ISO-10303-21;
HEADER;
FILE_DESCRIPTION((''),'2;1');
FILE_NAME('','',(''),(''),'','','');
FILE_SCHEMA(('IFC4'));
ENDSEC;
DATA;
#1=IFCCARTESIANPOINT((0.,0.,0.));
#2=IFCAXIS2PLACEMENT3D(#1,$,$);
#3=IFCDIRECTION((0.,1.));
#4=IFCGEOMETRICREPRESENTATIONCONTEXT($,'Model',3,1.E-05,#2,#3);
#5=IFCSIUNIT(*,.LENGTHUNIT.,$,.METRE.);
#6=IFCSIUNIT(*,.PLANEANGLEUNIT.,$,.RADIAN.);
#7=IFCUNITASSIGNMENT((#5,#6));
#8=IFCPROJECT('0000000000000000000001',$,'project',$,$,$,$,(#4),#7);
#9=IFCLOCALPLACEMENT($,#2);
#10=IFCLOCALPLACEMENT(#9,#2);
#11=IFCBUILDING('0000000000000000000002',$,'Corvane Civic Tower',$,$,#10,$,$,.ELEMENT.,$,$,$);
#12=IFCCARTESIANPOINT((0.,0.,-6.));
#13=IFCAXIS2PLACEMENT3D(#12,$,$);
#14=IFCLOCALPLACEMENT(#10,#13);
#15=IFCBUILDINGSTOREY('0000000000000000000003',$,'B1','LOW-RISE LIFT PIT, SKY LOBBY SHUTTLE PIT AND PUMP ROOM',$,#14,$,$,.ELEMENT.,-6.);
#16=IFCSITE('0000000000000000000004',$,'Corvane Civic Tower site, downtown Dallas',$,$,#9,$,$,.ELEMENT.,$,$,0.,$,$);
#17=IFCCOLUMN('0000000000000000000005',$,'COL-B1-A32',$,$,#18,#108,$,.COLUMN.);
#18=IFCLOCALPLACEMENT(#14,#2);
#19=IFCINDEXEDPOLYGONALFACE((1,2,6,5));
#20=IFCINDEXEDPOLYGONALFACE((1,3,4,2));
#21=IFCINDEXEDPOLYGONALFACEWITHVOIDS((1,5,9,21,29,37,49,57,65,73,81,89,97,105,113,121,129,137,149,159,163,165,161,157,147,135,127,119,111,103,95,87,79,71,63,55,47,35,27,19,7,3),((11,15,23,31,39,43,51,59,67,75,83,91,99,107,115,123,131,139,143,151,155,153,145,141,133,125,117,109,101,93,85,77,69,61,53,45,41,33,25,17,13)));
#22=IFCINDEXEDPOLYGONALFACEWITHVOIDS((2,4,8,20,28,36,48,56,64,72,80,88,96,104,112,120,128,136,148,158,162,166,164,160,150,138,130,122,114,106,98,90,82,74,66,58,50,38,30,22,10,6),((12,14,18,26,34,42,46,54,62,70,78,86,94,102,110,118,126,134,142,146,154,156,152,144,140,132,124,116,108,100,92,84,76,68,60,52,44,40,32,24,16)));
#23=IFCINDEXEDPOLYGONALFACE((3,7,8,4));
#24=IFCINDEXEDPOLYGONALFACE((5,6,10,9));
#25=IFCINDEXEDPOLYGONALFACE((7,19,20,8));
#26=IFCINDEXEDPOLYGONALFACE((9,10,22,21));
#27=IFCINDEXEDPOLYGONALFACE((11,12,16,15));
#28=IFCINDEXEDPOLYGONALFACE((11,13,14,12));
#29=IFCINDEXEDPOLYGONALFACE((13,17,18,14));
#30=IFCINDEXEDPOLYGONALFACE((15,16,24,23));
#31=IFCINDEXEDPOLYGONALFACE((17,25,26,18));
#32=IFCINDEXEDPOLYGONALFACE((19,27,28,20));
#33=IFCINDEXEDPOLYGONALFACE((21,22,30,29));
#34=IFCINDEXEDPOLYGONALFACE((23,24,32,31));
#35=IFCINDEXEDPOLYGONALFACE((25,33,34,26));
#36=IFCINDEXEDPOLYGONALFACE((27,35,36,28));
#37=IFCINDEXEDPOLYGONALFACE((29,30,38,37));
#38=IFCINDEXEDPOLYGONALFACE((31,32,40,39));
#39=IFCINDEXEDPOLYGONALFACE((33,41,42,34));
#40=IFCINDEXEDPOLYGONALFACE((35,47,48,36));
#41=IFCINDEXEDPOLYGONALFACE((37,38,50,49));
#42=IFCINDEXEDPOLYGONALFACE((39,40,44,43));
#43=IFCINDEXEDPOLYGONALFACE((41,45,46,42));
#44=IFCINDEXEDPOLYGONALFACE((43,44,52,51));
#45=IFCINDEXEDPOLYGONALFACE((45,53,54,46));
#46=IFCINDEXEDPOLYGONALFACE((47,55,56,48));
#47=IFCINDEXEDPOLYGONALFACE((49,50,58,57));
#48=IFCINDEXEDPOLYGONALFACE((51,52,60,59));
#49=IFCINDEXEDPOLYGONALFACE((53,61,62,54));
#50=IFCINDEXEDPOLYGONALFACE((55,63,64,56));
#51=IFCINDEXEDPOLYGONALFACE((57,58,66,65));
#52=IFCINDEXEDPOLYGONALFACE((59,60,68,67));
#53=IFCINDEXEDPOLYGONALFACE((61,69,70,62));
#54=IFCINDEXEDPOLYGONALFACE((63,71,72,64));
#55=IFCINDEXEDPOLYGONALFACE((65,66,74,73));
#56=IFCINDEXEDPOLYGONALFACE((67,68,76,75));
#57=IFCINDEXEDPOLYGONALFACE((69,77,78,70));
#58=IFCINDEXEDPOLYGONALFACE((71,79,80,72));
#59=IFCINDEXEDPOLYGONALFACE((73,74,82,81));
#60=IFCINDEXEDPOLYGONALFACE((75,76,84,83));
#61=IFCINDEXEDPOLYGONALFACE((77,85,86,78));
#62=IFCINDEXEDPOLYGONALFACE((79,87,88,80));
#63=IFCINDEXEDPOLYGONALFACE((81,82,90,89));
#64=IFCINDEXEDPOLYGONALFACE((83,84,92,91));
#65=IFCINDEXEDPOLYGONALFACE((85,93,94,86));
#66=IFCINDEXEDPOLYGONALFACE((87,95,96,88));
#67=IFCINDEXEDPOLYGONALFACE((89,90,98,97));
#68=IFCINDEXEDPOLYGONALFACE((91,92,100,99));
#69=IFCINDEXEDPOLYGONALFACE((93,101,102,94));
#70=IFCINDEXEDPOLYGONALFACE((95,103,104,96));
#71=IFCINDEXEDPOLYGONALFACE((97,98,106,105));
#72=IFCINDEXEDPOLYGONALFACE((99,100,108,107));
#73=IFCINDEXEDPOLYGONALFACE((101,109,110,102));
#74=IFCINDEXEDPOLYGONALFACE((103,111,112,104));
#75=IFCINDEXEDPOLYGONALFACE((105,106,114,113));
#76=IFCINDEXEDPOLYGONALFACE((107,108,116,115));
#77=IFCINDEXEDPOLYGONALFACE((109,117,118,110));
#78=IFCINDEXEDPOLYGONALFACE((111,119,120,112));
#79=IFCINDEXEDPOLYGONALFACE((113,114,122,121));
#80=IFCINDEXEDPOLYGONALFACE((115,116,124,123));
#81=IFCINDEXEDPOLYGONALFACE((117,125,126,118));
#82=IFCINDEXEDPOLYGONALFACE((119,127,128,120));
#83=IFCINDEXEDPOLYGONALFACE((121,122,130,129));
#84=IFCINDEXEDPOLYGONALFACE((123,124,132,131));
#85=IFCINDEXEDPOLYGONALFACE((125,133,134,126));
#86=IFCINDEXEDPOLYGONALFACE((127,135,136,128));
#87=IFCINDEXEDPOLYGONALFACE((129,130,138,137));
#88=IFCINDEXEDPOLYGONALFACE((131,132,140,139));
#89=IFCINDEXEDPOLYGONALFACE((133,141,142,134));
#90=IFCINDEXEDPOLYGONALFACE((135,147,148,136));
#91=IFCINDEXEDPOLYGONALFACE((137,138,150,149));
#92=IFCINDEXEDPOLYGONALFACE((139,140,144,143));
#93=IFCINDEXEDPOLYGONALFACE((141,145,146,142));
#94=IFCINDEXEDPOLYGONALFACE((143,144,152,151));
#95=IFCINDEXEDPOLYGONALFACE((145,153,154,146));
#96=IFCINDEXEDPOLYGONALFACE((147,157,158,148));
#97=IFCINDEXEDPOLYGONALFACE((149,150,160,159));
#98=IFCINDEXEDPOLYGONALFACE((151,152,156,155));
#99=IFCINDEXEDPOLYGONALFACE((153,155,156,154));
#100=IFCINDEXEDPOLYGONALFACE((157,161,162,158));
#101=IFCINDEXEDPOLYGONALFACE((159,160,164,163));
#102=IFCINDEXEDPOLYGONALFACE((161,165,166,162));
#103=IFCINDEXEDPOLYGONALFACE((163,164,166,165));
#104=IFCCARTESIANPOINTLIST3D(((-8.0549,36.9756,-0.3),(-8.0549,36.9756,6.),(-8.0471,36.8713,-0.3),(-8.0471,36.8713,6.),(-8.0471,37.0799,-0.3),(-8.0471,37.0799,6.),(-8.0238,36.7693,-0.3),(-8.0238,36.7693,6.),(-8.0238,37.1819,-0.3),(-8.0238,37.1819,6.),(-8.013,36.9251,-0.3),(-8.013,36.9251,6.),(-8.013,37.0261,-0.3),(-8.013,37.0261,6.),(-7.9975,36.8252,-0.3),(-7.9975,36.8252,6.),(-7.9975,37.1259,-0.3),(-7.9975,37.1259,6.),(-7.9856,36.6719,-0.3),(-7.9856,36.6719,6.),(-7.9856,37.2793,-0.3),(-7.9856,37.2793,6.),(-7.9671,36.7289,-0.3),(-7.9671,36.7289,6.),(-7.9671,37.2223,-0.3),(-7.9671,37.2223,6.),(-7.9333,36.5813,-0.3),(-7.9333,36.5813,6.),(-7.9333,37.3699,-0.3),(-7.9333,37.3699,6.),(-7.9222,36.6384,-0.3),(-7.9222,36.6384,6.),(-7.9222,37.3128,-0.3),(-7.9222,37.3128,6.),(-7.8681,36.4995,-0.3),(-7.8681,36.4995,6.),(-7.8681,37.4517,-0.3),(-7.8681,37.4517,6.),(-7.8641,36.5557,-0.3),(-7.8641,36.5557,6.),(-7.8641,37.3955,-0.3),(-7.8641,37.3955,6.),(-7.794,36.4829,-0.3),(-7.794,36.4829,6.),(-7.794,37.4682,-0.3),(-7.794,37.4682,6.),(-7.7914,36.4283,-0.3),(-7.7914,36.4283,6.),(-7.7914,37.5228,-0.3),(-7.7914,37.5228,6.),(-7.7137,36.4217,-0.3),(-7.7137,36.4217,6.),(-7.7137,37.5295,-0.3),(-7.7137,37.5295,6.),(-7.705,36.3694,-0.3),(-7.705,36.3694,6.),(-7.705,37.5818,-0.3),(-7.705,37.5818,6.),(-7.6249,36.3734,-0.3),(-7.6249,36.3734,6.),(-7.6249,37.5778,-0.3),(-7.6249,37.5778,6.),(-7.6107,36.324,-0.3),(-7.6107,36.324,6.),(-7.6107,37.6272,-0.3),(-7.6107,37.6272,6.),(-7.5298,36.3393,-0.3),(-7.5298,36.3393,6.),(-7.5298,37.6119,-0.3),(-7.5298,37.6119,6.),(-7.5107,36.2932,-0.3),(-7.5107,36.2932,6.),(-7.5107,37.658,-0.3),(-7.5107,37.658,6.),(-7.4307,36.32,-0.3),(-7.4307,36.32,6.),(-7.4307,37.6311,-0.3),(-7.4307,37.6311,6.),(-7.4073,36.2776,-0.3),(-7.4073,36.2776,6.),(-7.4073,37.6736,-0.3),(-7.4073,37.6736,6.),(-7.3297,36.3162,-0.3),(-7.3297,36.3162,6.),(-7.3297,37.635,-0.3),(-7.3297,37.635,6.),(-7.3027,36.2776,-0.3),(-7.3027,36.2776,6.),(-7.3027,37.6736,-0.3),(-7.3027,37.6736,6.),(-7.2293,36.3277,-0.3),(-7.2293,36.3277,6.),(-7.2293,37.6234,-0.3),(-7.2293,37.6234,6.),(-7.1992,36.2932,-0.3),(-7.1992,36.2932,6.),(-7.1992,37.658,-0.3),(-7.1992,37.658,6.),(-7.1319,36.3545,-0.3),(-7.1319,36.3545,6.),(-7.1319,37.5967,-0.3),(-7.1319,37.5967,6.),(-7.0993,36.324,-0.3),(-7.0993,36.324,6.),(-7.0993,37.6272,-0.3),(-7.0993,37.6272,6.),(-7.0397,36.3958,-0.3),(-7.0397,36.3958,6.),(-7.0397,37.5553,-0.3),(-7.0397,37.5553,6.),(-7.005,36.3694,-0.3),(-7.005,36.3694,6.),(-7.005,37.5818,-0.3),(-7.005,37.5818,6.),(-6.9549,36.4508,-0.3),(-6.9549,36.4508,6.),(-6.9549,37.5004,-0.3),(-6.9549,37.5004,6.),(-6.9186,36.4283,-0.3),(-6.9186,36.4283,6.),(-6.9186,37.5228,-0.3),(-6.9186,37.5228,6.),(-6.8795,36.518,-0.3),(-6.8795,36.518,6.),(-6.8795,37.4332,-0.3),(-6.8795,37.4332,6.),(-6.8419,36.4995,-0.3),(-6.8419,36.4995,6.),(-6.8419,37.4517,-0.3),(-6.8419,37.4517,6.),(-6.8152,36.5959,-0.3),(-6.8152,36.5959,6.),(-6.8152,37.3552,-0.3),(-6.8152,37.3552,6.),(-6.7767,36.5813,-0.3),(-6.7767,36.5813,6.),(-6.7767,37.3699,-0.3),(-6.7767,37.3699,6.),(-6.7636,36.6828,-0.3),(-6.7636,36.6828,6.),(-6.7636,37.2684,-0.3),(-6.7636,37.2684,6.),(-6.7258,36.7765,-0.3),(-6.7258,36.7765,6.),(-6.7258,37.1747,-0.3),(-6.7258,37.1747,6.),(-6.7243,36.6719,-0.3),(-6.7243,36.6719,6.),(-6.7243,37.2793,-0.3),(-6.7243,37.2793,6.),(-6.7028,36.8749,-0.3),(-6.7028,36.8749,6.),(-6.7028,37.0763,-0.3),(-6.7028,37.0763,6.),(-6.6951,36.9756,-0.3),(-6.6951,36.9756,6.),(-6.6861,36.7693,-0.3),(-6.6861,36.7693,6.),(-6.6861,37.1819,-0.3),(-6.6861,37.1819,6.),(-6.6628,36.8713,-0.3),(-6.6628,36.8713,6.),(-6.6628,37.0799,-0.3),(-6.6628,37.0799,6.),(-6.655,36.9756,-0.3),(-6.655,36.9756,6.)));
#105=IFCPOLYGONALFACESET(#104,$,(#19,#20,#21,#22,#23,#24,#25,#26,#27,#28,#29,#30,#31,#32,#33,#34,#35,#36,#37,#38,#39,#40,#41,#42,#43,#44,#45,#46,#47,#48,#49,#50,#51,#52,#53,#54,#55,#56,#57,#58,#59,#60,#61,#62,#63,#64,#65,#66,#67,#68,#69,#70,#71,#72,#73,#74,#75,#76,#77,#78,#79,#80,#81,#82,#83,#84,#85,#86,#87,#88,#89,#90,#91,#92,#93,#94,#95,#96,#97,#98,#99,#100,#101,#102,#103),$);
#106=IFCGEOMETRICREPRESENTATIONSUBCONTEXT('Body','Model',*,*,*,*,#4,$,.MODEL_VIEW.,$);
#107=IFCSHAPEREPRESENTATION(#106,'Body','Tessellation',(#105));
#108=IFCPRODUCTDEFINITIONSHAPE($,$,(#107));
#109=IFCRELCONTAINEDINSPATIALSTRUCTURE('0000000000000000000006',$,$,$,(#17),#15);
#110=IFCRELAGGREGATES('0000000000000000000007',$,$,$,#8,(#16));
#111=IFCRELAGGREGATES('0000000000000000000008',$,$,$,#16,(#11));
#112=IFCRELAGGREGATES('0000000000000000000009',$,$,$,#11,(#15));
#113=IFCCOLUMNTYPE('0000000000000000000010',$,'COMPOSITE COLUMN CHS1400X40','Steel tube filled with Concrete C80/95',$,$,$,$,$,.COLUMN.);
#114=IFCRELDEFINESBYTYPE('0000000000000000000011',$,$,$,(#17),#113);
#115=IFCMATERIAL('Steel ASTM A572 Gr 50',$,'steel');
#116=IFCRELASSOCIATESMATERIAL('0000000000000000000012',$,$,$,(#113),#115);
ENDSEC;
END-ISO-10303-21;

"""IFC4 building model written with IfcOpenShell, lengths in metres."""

from ifc_helpers import new_model, si_unit, direction, frame, origin, origin_2d, place, context, subcontext, project, spatial, hollow_circle, extrude, material, material_profile, profile_set, type_object, element, save


model = new_model("IFC4")

# Units and contexts
model_context = context("Model", 3, precision=1e-05, world=origin(), true_north=direction((0.0, 1.0)))
body_context = subcontext(model_context, "Body", "Model", "MODEL_VIEW")
ifc_project = project(units=[si_unit("LENGTHUNIT", "METRE"), si_unit("PLANEANGLEUNIT", "RADIAN")], contexts=[model_context])

# Site, building, storey
site_placement = place(None, origin())
site = spatial("IfcSite", under=ifc_project, at=site_placement, Name="Corvane Civic Tower site, downtown Dallas", CompositionType="ELEMENT", RefElevation=0.0)
building_placement = place(site_placement, origin())
building = spatial("IfcBuilding", under=site, at=building_placement, Name="Corvane Civic Tower", CompositionType="ELEMENT")
storey_placement = place(building_placement, frame((0.0, 0.0, -6.0)))
storey = spatial("IfcBuildingStorey", under=building, at=storey_placement, Name="B1", Description="LOW-RISE LIFT PIT, SKY LOBBY SHUTTLE PIT AND PUMP ROOM", CompositionType="ELEMENT", Elevation=-6.0)

# Column
ifc_material_1 = material(Name="Steel ASTM A572 Gr 50", Category="steel")
ifc_material_profile_1 = material_profile(ifc_material_1, hollow_circle(Radius=0.7, WallThickness=0.04, at=origin_2d()), Name="CHS1400X40")
ifc_profile_set_1 = profile_set([ifc_material_profile_1], Name="Steel ASTM A572 Gr 50")
column_type_1 = type_object("IfcColumnType", Name="COMPOSITE COLUMN CHS1400X40", Description="Steel tube filled with Concrete C80/95", PredefinedType="COLUMN", material=ifc_profile_set_1)
for number, where, z_axis, x_axis, name in (
    (1, (-7.355, 36.9756, -0.3), (0.0, 0.0, 1.0), (1.0, 0.0, 0.0), "COL-B1-A32"),
):
    element("IfcColumn", number, at=place(storey_placement, frame(where, z_axis=z_axis, x_axis=x_axis)), inside=storey, type_object=column_type_1, Name=name, PredefinedType="COLUMN", context=body_context, shape_type="SweptSolid", body=[
        extrude(hollow_circle(Radius=0.7, WallThickness=0.04, at=origin_2d()), origin(), (0.0, 0.0, 1.0), 6.3),
    ])

save(model, "model.ifc")
